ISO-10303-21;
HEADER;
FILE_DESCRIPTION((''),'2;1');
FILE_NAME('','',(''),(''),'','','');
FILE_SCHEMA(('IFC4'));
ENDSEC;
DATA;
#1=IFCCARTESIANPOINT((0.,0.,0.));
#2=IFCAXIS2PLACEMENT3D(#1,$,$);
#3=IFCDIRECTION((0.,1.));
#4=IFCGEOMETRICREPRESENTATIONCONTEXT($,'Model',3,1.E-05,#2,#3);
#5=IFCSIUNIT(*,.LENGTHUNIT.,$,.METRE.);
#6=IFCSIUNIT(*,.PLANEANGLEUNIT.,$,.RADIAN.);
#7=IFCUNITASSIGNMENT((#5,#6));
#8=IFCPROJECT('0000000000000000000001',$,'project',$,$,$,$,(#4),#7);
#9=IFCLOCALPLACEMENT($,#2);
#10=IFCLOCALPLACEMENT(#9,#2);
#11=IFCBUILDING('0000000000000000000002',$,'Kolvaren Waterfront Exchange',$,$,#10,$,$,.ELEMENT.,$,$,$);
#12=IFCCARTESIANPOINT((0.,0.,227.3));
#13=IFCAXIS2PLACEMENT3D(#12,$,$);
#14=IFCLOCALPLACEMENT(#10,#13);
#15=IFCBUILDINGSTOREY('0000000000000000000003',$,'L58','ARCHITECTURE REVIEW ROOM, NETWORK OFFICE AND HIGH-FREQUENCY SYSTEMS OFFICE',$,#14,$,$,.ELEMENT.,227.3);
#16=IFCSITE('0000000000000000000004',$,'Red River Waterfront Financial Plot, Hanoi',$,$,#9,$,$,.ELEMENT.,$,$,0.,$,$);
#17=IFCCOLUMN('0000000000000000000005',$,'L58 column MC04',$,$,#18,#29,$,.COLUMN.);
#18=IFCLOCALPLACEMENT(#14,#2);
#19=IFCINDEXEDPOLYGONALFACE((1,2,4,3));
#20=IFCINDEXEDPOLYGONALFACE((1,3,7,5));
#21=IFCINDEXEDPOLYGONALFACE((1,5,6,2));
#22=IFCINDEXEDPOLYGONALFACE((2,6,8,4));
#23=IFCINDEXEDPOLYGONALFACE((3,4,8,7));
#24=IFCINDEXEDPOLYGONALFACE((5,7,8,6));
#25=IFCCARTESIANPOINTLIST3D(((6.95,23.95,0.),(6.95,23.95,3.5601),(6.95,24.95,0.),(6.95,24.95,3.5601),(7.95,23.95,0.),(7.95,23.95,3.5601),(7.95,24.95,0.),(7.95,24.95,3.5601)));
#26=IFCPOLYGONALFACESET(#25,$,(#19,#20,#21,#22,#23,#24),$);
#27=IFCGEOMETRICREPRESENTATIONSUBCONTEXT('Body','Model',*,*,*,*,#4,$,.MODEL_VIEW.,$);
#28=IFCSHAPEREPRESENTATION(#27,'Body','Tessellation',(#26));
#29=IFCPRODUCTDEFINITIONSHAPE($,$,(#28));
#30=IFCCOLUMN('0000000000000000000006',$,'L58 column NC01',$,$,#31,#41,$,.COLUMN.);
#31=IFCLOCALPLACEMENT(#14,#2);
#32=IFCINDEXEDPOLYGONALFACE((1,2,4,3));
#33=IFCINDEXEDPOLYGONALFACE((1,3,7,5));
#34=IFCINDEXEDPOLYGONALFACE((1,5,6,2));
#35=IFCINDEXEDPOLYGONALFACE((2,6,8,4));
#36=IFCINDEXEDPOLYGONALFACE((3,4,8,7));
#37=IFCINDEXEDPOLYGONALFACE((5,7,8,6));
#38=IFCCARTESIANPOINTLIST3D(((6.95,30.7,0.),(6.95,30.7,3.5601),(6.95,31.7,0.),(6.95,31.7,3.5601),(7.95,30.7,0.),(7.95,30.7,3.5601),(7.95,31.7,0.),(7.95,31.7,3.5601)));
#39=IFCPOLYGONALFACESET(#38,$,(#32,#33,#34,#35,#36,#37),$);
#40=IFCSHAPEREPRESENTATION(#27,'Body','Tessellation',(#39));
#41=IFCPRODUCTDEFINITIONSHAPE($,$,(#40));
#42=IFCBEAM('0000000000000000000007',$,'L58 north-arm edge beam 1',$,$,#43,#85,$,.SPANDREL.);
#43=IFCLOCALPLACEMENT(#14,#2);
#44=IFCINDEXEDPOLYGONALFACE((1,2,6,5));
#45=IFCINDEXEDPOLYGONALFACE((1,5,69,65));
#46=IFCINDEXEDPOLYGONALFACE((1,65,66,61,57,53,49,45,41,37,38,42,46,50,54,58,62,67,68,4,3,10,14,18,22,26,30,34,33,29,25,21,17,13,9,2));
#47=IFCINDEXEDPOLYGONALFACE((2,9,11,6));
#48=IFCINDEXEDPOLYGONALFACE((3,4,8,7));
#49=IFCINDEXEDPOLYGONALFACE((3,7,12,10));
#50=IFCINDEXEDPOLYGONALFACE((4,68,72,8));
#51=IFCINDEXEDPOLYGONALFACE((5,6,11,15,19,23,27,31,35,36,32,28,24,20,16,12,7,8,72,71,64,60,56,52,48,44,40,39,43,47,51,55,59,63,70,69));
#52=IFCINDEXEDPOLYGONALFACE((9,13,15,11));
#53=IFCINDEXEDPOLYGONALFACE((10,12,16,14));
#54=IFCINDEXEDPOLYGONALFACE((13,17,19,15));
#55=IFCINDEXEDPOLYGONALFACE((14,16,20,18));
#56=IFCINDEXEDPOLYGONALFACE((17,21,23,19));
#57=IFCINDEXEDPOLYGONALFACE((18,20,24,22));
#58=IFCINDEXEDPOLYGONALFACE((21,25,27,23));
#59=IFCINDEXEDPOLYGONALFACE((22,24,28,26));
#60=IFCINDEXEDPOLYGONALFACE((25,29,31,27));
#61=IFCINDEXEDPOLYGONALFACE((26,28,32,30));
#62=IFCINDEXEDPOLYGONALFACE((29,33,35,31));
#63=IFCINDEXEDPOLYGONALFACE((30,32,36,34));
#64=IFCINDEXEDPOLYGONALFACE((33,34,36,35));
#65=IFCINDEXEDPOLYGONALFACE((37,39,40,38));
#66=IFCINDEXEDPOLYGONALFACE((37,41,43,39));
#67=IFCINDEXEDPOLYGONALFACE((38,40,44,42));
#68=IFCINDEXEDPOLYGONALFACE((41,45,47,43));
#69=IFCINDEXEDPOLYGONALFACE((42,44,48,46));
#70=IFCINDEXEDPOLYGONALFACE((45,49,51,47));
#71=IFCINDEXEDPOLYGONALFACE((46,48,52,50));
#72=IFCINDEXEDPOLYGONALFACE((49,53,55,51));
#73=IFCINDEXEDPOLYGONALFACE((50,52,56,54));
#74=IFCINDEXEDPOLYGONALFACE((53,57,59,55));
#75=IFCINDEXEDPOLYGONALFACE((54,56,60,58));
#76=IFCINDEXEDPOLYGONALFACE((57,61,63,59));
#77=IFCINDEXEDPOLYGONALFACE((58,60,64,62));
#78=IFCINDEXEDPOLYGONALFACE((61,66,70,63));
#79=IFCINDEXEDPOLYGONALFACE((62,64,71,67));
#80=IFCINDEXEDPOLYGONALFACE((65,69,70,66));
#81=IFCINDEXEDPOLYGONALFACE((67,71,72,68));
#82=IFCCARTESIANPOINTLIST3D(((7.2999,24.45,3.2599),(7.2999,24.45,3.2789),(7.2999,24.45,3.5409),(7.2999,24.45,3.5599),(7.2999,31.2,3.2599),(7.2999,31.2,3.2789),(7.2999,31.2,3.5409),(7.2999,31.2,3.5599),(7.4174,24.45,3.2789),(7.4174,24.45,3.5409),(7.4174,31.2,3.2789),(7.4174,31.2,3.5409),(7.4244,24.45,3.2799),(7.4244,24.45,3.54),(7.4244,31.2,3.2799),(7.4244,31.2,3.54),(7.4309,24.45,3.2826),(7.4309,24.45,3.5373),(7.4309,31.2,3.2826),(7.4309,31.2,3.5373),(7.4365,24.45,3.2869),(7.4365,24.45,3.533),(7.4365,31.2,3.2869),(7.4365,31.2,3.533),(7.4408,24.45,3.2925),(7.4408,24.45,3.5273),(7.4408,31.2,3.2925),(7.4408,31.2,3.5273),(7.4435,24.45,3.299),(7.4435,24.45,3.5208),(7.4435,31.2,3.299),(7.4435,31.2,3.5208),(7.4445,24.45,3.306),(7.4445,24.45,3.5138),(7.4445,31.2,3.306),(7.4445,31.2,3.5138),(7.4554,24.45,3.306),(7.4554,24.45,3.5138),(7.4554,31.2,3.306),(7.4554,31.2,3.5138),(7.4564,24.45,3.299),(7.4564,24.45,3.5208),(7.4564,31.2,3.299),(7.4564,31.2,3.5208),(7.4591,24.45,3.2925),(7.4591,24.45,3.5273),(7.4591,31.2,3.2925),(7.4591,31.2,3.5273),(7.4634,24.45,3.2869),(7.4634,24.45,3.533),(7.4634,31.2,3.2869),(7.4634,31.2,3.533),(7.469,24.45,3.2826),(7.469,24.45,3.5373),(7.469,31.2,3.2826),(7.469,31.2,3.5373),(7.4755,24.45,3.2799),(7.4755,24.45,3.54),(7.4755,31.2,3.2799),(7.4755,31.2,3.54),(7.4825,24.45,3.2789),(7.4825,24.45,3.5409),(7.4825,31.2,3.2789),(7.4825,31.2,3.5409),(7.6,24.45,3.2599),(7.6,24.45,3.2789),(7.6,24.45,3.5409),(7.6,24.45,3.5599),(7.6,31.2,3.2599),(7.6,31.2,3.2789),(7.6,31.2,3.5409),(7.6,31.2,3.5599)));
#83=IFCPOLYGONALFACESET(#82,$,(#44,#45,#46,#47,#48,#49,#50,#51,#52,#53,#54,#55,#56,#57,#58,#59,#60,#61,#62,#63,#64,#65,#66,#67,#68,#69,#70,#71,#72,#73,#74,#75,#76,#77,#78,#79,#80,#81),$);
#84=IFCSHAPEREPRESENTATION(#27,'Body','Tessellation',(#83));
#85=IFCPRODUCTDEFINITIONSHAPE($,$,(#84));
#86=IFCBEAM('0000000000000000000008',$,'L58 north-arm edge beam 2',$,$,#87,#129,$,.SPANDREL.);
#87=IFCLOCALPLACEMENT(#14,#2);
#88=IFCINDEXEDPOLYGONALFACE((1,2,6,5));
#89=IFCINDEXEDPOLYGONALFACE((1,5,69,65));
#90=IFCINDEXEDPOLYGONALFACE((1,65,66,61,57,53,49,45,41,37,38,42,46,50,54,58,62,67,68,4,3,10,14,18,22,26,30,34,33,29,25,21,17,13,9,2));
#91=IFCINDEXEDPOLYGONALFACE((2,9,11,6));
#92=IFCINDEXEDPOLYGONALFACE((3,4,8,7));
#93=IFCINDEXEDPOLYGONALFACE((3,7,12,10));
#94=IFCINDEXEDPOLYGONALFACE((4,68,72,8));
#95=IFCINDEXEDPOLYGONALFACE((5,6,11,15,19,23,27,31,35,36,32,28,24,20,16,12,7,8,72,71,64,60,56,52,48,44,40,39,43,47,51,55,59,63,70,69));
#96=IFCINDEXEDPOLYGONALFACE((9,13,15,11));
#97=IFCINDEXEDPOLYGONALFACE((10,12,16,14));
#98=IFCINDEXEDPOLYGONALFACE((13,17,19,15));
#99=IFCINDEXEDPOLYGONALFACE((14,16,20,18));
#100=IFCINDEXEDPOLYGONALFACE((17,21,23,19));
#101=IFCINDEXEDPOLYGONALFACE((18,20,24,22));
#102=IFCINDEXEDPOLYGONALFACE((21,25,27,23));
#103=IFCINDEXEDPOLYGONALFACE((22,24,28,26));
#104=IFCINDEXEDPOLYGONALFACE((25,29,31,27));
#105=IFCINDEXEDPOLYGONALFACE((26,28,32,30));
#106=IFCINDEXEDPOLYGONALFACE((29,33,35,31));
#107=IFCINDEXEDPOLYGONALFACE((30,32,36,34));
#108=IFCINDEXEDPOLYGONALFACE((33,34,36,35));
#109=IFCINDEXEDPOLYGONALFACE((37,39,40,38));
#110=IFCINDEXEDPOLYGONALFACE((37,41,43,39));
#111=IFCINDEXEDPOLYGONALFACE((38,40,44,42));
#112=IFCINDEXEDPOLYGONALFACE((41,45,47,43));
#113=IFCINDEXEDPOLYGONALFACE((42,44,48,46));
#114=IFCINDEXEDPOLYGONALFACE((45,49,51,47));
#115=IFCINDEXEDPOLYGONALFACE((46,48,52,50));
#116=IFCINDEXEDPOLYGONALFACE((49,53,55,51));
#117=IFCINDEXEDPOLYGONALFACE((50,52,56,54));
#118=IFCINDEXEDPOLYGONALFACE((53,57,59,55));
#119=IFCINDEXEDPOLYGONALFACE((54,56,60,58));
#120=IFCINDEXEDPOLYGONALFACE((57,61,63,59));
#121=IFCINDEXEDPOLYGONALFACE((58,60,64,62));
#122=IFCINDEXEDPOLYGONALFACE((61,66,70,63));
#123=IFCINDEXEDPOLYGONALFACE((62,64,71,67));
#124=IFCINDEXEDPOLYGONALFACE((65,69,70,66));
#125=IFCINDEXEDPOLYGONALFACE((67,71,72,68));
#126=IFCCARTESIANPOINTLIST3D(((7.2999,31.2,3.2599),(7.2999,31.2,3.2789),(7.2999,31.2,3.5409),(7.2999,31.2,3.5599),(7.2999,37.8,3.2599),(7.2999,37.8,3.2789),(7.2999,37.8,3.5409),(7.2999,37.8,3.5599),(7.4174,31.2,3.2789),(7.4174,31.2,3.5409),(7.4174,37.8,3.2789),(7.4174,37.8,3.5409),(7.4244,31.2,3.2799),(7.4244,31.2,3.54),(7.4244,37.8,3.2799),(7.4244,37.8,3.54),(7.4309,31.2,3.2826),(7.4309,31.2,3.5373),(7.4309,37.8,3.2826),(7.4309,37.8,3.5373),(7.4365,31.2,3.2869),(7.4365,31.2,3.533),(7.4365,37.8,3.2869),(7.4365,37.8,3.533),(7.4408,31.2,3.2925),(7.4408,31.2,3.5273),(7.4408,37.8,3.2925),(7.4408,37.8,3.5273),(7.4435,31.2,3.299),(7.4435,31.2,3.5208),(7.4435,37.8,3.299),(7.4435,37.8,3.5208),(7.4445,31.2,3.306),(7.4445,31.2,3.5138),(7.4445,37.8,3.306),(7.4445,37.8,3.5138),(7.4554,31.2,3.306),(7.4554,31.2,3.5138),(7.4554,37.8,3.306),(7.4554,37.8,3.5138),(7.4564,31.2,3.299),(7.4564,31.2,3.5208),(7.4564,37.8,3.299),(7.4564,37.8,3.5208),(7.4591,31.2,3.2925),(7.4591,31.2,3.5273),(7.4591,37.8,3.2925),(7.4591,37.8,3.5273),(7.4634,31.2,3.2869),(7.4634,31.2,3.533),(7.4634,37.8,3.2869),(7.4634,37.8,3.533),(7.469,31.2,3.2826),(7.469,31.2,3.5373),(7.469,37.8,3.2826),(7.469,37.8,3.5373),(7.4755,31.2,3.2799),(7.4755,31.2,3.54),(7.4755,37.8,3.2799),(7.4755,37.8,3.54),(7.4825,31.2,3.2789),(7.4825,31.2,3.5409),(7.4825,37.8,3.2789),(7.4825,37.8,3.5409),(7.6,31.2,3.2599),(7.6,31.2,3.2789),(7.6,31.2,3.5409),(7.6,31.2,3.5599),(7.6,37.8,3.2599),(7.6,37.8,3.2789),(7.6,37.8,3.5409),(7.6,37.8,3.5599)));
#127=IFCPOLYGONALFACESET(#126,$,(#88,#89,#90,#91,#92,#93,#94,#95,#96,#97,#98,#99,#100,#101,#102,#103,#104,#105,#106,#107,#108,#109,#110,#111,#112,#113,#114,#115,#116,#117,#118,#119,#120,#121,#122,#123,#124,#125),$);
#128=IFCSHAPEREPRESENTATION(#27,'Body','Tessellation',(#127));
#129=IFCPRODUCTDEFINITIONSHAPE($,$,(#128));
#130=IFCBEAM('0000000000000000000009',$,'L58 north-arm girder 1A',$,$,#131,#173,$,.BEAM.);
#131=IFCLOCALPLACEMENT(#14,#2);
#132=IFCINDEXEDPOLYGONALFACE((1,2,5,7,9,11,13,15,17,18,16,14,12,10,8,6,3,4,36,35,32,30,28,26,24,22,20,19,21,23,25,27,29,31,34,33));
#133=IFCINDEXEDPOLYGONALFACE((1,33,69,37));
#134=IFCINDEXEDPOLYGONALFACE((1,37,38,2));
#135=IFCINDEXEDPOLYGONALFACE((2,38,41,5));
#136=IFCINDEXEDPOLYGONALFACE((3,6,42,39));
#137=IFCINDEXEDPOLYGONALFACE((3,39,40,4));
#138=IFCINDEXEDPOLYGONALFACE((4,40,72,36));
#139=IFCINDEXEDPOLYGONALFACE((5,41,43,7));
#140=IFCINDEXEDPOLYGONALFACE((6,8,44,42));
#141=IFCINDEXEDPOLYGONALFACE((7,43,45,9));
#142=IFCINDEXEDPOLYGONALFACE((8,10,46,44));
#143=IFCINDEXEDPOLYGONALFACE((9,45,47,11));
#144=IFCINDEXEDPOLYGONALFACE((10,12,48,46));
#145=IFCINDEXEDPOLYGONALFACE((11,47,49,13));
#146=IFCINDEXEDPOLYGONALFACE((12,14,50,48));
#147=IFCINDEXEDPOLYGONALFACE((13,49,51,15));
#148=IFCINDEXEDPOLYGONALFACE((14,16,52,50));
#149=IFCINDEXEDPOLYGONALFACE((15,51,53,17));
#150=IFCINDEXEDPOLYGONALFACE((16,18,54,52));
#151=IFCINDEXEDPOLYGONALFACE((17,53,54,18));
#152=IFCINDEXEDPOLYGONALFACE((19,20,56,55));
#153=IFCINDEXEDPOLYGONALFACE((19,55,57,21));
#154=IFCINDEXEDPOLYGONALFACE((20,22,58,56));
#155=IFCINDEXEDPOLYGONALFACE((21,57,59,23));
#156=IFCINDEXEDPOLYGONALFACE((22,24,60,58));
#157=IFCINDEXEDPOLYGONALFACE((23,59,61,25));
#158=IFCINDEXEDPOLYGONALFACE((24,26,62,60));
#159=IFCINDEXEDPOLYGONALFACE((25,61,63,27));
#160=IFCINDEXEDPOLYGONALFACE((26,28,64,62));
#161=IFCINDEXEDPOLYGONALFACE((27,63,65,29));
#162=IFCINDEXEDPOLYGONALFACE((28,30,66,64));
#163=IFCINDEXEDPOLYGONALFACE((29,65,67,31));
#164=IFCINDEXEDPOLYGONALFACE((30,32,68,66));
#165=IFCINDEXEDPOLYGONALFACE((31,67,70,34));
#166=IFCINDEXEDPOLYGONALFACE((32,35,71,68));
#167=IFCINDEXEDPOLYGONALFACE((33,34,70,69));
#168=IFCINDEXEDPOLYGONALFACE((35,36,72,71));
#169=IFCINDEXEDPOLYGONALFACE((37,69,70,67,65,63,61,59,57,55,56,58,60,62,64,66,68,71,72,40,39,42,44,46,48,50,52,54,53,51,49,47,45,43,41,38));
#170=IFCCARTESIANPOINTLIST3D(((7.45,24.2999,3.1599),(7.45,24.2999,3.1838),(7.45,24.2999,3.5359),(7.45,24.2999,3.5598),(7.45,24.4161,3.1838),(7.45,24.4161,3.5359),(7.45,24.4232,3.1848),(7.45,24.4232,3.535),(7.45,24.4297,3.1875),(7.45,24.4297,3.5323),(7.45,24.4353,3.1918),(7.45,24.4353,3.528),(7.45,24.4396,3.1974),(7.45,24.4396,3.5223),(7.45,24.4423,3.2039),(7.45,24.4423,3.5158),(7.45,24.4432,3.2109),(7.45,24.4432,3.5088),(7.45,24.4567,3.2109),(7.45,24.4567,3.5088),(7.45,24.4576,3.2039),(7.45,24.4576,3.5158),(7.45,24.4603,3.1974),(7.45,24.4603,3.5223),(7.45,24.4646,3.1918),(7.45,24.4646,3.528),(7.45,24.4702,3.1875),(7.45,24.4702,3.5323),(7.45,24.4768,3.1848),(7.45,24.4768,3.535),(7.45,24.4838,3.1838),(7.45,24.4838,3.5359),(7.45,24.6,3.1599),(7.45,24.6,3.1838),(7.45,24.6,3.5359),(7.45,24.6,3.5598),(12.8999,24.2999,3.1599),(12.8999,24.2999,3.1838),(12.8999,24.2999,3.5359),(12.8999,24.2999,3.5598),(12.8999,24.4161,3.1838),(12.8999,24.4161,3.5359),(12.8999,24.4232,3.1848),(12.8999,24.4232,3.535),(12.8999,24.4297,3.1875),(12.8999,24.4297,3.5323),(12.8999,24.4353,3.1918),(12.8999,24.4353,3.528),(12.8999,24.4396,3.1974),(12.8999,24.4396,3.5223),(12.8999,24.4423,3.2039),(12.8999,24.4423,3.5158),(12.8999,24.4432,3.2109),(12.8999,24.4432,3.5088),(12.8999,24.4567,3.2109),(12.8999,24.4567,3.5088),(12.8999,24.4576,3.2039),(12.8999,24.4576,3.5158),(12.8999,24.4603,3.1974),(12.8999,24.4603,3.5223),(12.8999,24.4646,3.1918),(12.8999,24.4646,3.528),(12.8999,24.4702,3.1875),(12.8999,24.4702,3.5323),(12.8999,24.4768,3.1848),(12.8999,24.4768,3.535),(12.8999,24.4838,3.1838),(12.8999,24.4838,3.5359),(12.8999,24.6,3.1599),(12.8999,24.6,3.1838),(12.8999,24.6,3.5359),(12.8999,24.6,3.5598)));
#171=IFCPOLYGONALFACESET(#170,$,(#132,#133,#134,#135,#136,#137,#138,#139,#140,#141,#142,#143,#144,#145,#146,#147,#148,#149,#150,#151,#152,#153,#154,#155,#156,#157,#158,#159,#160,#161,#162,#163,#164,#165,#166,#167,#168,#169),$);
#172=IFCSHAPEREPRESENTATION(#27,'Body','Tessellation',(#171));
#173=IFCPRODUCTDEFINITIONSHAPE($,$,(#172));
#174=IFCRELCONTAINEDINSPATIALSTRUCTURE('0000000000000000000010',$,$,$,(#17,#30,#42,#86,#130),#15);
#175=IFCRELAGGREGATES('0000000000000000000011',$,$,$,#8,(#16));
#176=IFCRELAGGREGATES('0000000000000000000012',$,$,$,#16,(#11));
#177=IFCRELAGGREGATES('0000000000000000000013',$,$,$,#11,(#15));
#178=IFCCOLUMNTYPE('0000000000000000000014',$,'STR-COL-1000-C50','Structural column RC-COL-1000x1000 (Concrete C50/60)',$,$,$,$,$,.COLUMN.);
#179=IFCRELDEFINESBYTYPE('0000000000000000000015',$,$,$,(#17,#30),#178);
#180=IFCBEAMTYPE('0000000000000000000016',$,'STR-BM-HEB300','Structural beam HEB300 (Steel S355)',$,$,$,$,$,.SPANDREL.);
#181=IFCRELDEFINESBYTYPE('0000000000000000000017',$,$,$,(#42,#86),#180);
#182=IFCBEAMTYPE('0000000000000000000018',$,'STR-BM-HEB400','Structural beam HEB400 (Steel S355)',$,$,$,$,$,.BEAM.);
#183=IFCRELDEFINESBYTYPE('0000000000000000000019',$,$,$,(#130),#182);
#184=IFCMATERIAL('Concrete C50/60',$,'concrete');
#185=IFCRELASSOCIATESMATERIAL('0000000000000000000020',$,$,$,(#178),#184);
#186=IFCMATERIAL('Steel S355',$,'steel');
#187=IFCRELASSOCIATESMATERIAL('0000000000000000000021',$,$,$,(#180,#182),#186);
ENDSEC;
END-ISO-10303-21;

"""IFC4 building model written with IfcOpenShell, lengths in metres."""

from ifc_helpers import new_model, si_unit, direction, frame, origin, origin_2d, place, context, subcontext, project, spatial, rectangle, i_section, extrude, material, material_profile, profile_set, type_object, element, save


model = new_model("IFC4")

# Units and contexts
model_context = context("Model", 3, precision=1e-05, world=origin(), true_north=direction((0.0, 1.0)))
body_context = subcontext(model_context, "Body", "Model", "MODEL_VIEW")
ifc_project = project(units=[si_unit("LENGTHUNIT", "METRE"), si_unit("PLANEANGLEUNIT", "RADIAN")], contexts=[model_context])

# Site, building, storey
site_placement = place(None, origin())
site = spatial("IfcSite", under=ifc_project, at=site_placement, Name="Red River Waterfront Financial Plot, Hanoi", CompositionType="ELEMENT", RefElevation=0.0)
building_placement = place(site_placement, origin())
building = spatial("IfcBuilding", under=site, at=building_placement, Name="Kolvaren Waterfront Exchange", CompositionType="ELEMENT")
storey_placement = place(building_placement, frame((0.0, 0.0, 227.3)))
storey = spatial("IfcBuildingStorey", under=building, at=storey_placement, Name="L58", Description="ARCHITECTURE REVIEW ROOM, NETWORK OFFICE AND HIGH-FREQUENCY SYSTEMS OFFICE", CompositionType="ELEMENT", Elevation=227.3)

# Columns
ifc_material_1 = material(Name="Concrete C50/60", Category="concrete")
ifc_material_profile_1 = material_profile(ifc_material_1, rectangle(XDim=1.0, YDim=1.0, at=origin_2d()), Name="RC-COL-1000x1000")
ifc_profile_set_1 = profile_set([ifc_material_profile_1], Name="Concrete C50/60")
column_type = type_object("IfcColumnType", Name="STR-COL-1000-C50", Description="Structural column RC-COL-1000x1000 (Concrete C50/60)", PredefinedType="COLUMN", material=ifc_profile_set_1)
for number, where, z_axis, x_axis, name in (
    (1, (7.45, 24.45, 0.0), (0.0, 0.0, 1.0), (1.0, 0.0, 0.0), "L58 column MC04"),
    (2, (7.45, 31.2, 0.0), (0.0, 0.0, 1.0), (1.0, 0.0, 0.0), "L58 column NC01"),
):
    element("IfcColumn", number, at=place(storey_placement, frame(where, z_axis=z_axis, x_axis=x_axis)), inside=storey, type_object=column_type, Name=name, PredefinedType="COLUMN", context=body_context, shape_type="SweptSolid", body=[
        extrude(rectangle(XDim=1.0, YDim=1.0, at=origin_2d()), origin(), (0.0, 0.0, 1.0), 3.5601),
    ])

# Beams
ifc_material_2 = material(Name="Steel S355", Category="steel")
ifc_material_profile_2 = material_profile(ifc_material_2, i_section(OverallWidth=0.3, OverallDepth=0.3, WebThickness=0.011, FlangeThickness=0.019, FilletRadius=0.0271, at=origin_2d()), Name="HEB300")
ifc_profile_set_2 = profile_set([ifc_material_profile_2], Name="Steel S355")
beam_type_1 = type_object("IfcBeamType", Name="STR-BM-HEB300", Description="Structural beam HEB300 (Steel S355)", PredefinedType="SPANDREL", material=ifc_profile_set_2)
beam_1_placement = place(storey_placement, frame((7.45, 24.45, 3.4099), z_axis=(0.0, 1.0, 0.0), x_axis=(-1.0, 0.0, 0.0)))
element("IfcBeam", 3, at=beam_1_placement, inside=storey, type_object=beam_type_1, Name="L58 north-arm edge beam 1", PredefinedType="SPANDREL", context=body_context, shape_type="SweptSolid", body=[
    extrude(i_section(OverallWidth=0.3, OverallDepth=0.3, WebThickness=0.011, FlangeThickness=0.019, FilletRadius=0.0271, at=origin_2d()), origin(), (0.0, 0.0, 1.0), 6.75),
])
beam_2_placement = place(storey_placement, frame((7.45, 31.2, 3.4099), z_axis=(0.0, 1.0, 0.0), x_axis=(-1.0, 0.0, 0.0)))
element("IfcBeam", 4, at=beam_2_placement, inside=storey, type_object=beam_type_1, Name="L58 north-arm edge beam 2", PredefinedType="SPANDREL", context=body_context, shape_type="SweptSolid", body=[
    extrude(i_section(OverallWidth=0.3, OverallDepth=0.3, WebThickness=0.011, FlangeThickness=0.019, FilletRadius=0.0271, at=origin_2d()), origin(), (0.0, 0.0, 1.0), 6.6001),
])
ifc_material_profile_3 = material_profile(ifc_material_2, i_section(OverallWidth=0.3, OverallDepth=0.3999, WebThickness=0.0134, FlangeThickness=0.0239, FilletRadius=0.0271, at=origin_2d()), Name="HEB400")
ifc_profile_set_3 = profile_set([ifc_material_profile_3], Name="Steel S355")
beam_type_2 = type_object("IfcBeamType", Name="STR-BM-HEB400", Description="Structural beam HEB400 (Steel S355)", PredefinedType="BEAM", material=ifc_profile_set_3)
for number, where, z_axis, x_axis, name in (
    (5, (7.45, 24.45, 3.3599), (1.0, 0.0, 0.0), (0.0, 1.0, 0.0), "L58 north-arm girder 1A"),
):
    element("IfcBeam", number, at=place(storey_placement, frame(where, z_axis=z_axis, x_axis=x_axis)), inside=storey, type_object=beam_type_2, Name=name, PredefinedType="BEAM", context=body_context, shape_type="SweptSolid", body=[
        extrude(i_section(OverallWidth=0.3, OverallDepth=0.3999, WebThickness=0.0134, FlangeThickness=0.0239, FilletRadius=0.0271, at=origin_2d()), origin(), (0.0, 0.0, 1.0), 5.45),
    ])

save(model, "model.ifc")
